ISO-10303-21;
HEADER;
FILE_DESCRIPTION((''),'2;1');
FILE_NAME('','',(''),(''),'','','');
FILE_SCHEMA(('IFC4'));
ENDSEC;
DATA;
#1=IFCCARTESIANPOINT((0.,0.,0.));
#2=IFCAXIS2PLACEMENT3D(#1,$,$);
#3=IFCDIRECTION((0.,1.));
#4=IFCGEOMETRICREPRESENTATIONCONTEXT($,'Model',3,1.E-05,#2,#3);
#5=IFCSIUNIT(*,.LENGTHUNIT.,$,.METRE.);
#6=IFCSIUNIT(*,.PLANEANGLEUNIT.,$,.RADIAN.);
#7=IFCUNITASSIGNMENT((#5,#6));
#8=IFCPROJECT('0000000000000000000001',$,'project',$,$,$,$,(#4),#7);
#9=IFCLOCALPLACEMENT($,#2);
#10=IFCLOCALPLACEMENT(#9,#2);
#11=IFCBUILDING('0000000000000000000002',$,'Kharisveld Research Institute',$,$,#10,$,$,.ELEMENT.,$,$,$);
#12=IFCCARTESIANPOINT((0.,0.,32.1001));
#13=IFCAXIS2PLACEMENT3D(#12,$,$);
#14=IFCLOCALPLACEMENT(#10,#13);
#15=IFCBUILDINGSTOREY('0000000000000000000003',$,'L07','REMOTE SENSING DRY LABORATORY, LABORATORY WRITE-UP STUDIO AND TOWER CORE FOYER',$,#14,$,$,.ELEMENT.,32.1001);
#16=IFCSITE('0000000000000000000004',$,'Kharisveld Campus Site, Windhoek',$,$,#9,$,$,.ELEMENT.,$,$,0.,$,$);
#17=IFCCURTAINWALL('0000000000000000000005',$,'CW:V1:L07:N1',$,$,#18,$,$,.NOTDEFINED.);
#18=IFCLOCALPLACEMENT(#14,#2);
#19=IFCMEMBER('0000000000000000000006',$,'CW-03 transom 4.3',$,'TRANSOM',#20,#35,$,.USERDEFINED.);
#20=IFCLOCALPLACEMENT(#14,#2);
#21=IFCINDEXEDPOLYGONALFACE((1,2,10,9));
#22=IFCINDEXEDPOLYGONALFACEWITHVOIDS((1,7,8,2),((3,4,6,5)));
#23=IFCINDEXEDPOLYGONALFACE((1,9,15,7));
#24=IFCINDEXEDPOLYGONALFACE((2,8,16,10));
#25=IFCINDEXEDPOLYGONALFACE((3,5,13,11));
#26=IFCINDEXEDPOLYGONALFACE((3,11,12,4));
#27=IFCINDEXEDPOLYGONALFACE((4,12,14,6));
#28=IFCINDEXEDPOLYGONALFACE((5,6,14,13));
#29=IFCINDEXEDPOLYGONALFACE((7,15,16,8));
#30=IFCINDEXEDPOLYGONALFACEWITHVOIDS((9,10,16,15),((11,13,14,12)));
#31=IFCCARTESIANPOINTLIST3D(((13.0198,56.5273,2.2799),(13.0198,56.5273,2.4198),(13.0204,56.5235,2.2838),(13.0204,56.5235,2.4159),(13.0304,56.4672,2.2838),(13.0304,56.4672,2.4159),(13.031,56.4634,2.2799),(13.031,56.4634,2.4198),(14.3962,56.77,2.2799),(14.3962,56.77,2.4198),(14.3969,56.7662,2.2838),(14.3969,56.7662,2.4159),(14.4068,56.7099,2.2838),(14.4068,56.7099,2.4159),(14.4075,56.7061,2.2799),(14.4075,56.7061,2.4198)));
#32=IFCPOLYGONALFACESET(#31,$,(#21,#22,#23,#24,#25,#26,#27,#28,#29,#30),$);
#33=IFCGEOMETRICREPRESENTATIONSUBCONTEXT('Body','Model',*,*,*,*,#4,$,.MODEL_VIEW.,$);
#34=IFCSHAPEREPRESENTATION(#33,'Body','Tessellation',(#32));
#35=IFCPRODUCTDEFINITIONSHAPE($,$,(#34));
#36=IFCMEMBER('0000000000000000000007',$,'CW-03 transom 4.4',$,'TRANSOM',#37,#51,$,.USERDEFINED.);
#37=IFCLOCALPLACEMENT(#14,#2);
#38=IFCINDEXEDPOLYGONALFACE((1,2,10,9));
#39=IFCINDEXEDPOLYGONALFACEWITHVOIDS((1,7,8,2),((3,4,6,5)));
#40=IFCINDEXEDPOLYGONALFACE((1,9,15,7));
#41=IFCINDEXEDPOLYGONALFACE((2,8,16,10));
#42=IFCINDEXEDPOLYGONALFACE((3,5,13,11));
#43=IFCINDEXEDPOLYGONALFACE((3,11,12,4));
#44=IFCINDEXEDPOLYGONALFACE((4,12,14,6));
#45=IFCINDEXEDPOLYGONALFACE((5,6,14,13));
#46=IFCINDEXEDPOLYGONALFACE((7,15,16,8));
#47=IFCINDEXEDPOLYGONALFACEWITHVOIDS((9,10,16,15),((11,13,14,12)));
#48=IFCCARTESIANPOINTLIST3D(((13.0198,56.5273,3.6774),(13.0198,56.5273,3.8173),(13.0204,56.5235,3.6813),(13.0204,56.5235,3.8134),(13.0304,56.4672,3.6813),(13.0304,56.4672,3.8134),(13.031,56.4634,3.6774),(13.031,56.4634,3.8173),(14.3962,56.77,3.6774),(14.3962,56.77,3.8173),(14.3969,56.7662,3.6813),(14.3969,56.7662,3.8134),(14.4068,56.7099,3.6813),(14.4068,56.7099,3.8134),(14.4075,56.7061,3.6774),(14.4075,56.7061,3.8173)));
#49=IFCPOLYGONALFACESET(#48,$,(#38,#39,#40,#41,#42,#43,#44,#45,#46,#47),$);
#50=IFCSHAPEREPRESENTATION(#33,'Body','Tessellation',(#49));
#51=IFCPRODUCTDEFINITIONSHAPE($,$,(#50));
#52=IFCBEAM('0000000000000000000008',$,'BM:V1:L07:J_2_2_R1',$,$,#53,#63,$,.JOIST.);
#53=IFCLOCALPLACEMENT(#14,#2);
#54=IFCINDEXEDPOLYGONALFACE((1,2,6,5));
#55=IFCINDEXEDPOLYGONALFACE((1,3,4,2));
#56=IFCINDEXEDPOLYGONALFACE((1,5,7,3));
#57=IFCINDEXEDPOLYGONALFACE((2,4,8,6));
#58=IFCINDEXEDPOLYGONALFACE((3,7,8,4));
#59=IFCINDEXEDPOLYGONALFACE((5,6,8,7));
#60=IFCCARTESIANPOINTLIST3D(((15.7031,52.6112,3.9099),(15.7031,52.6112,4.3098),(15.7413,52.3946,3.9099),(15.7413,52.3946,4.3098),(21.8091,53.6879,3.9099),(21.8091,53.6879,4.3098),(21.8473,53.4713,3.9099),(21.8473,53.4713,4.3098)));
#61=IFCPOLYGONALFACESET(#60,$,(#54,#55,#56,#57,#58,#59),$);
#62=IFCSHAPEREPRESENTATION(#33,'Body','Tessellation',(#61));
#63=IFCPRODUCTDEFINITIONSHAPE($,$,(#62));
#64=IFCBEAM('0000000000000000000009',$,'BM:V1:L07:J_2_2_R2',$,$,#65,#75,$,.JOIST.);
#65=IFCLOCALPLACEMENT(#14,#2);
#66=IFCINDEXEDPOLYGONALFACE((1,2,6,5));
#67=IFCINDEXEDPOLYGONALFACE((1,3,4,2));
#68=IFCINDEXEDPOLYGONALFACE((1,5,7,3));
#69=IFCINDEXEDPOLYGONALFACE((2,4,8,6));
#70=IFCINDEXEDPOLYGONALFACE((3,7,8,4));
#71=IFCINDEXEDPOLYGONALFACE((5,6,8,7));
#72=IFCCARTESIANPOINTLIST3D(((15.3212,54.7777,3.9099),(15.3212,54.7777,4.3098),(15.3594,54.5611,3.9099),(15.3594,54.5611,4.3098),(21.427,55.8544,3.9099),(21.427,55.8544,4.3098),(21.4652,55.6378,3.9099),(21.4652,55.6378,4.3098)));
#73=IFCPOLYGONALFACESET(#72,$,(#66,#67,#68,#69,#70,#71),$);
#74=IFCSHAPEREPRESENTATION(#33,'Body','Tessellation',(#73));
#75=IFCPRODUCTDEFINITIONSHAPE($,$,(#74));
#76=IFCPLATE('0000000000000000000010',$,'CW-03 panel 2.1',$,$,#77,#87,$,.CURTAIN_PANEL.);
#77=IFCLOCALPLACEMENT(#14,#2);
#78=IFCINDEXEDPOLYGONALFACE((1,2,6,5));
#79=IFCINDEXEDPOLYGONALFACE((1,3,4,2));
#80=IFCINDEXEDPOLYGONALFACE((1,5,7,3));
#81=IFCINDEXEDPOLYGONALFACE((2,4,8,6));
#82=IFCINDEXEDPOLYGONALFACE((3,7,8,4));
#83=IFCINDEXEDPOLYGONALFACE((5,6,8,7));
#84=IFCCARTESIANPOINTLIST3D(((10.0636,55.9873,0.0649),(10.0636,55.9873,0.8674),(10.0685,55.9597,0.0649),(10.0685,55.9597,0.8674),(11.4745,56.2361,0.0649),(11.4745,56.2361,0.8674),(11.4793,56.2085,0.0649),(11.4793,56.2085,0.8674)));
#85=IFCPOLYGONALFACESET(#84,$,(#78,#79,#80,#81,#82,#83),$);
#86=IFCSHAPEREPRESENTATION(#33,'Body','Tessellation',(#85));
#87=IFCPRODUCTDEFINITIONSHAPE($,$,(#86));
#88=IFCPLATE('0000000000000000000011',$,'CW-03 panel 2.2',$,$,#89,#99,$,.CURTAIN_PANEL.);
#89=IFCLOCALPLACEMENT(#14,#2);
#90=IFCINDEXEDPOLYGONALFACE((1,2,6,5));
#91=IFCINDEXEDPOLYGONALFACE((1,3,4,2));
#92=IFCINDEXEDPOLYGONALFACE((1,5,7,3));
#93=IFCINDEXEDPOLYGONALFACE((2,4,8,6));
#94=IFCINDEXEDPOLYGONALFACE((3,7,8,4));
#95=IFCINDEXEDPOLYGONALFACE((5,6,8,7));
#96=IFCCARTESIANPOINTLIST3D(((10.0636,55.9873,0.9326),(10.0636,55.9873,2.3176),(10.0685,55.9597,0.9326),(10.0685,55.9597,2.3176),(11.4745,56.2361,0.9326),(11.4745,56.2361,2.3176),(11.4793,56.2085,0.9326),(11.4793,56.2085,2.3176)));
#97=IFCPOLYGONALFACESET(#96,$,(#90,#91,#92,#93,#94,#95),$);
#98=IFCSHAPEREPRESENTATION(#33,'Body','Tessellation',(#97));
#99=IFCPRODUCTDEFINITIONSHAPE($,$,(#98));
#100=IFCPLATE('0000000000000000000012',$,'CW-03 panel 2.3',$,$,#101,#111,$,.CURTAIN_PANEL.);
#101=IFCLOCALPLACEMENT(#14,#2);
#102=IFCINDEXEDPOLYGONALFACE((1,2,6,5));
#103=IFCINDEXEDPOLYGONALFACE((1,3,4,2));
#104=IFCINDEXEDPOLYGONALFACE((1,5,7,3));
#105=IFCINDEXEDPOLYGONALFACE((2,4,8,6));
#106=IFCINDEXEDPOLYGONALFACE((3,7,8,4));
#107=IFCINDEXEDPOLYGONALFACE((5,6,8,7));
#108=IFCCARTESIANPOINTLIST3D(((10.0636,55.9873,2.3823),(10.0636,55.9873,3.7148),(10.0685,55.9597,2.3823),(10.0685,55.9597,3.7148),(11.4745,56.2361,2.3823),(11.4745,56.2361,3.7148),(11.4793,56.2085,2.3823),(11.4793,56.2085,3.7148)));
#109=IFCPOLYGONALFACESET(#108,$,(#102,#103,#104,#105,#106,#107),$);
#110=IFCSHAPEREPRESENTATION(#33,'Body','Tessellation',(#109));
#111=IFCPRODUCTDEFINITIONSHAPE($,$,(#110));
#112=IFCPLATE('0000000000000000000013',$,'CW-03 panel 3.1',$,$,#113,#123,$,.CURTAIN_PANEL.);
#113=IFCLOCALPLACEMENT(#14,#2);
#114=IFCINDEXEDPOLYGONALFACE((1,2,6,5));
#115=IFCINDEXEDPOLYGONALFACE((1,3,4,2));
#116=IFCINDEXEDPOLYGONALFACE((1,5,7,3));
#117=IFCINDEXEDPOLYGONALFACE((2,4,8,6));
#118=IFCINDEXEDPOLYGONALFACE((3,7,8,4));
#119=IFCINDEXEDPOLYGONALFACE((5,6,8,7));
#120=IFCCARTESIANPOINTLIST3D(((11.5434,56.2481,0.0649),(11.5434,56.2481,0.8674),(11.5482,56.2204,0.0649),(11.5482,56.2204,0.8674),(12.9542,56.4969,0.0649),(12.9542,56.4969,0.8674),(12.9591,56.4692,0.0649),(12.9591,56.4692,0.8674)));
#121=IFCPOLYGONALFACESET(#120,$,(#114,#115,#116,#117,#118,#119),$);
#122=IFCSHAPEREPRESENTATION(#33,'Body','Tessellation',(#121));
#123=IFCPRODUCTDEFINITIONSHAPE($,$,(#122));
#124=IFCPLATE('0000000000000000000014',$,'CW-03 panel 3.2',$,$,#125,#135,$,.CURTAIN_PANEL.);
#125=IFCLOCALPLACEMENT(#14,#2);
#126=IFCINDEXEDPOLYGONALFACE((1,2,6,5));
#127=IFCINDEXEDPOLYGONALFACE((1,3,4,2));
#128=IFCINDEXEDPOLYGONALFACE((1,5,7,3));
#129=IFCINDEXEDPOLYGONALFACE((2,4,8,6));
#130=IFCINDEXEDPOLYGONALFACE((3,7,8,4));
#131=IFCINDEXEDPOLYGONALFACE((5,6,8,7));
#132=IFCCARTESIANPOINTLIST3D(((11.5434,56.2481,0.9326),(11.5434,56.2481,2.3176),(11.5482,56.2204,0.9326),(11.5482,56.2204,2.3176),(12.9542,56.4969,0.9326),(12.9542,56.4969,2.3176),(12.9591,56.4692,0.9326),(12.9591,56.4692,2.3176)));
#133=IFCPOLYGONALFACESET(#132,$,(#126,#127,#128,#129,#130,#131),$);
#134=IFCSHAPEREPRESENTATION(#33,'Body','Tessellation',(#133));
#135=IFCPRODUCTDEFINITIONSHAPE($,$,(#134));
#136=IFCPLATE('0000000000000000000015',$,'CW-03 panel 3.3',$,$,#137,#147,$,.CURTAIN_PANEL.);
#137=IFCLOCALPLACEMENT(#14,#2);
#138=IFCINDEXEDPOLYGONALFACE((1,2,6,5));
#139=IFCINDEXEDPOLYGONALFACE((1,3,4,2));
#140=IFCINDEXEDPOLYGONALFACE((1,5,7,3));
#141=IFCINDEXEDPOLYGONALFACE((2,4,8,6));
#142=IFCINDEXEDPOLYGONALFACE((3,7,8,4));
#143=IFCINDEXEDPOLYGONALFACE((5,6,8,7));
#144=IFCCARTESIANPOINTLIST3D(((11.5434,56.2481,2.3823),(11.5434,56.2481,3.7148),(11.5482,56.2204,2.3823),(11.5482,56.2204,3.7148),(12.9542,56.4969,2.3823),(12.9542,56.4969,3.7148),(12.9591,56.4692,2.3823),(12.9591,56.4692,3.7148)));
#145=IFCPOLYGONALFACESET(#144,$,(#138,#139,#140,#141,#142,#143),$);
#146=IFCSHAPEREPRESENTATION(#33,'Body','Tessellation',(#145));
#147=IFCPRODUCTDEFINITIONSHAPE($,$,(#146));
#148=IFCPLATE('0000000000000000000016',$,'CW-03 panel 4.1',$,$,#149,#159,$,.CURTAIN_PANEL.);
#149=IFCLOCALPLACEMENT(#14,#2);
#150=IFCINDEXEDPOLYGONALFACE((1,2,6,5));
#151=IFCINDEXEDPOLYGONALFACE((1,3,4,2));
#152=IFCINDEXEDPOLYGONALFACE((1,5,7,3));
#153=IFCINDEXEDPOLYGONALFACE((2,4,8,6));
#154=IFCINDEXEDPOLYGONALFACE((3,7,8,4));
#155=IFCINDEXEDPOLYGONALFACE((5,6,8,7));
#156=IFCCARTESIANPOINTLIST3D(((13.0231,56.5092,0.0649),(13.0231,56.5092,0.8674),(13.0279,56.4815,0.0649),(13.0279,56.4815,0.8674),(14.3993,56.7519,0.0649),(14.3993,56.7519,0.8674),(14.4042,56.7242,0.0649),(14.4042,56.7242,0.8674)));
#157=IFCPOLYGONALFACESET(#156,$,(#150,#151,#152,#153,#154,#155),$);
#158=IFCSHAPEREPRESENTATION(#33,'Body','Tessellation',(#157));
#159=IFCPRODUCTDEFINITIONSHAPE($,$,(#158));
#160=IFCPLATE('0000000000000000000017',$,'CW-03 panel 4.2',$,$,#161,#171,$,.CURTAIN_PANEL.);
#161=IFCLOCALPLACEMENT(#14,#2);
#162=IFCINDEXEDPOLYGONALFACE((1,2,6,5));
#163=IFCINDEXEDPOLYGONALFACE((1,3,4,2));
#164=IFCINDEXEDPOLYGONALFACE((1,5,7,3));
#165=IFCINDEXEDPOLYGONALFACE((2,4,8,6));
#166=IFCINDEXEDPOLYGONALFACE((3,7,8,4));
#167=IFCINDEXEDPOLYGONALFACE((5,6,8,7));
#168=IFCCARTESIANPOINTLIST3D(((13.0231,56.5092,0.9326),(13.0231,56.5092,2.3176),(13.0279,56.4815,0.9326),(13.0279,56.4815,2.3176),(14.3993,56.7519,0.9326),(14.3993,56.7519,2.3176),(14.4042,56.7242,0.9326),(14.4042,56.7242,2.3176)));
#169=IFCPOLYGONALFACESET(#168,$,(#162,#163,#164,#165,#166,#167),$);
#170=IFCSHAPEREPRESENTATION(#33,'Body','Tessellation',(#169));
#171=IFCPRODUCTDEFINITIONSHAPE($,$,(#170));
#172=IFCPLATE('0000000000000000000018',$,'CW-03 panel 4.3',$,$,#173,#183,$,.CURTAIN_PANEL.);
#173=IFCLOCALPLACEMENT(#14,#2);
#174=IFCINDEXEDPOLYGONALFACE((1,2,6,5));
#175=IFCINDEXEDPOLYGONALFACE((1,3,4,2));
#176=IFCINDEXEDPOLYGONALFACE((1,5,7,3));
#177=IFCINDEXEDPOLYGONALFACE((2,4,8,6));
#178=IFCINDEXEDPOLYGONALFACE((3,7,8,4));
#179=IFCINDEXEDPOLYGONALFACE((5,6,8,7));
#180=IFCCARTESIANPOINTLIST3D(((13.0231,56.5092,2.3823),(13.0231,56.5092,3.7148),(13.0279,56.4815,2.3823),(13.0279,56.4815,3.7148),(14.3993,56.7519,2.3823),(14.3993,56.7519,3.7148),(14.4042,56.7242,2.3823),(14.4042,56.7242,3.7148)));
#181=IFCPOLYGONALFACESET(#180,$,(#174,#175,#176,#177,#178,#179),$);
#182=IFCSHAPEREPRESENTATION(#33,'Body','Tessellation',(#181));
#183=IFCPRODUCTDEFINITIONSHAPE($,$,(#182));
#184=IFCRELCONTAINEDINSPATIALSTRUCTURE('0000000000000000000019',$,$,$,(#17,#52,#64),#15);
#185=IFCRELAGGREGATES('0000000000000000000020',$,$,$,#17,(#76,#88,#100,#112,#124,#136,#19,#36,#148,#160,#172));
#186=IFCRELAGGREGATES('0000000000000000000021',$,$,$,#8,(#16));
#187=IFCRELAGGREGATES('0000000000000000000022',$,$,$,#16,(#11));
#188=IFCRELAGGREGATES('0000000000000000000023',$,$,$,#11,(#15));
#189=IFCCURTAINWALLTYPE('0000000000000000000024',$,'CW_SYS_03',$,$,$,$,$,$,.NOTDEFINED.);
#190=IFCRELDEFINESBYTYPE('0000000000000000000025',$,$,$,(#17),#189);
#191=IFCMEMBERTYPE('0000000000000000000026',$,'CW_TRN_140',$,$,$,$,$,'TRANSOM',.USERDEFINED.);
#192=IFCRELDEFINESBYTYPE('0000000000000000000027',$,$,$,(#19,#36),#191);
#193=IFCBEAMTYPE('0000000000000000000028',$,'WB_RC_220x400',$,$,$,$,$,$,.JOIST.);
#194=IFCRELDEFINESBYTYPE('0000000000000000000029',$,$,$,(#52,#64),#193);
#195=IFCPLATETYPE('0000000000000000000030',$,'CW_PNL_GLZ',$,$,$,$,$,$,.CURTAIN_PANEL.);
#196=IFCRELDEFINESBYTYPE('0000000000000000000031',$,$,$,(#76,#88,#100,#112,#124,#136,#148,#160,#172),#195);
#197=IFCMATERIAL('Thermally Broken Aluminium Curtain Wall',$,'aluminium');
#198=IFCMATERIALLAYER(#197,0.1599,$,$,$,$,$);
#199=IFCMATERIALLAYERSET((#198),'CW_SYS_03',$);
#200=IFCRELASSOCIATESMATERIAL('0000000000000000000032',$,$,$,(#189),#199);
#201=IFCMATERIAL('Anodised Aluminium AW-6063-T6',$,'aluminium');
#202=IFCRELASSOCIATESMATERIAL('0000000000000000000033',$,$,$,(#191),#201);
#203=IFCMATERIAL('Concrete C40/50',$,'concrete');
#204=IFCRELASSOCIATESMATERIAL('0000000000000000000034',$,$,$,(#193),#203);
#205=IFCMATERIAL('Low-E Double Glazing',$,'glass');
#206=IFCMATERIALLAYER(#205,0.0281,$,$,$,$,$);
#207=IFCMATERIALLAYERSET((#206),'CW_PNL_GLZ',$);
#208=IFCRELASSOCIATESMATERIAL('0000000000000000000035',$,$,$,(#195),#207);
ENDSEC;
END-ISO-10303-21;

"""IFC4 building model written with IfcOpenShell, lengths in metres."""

from ifc_helpers import new_model, si_unit, direction, frame, origin, origin_2d, place, context, subcontext, project, spatial, rectangle, hollow_rectangle, extrude, material, layer, layer_set, material_profile, profile_set, type_object, element, aggregate, save


model = new_model("IFC4")

# Units and contexts
model_context = context("Model", 3, precision=1e-05, world=origin(), true_north=direction((0.0, 1.0)))
body_context = subcontext(model_context, "Body", "Model", "MODEL_VIEW")
ifc_project = project(units=[si_unit("LENGTHUNIT", "METRE"), si_unit("PLANEANGLEUNIT", "RADIAN")], contexts=[model_context])

# Site, building, storey
site_placement = place(None, origin())
site = spatial("IfcSite", under=ifc_project, at=site_placement, Name="Kharisveld Campus Site, Windhoek", CompositionType="ELEMENT", RefElevation=0.0)
building_placement = place(site_placement, origin())
building = spatial("IfcBuilding", under=site, at=building_placement, Name="Kharisveld Research Institute", CompositionType="ELEMENT")
storey_placement = place(building_placement, frame((0.0, 0.0, 32.1001)))
storey = spatial("IfcBuildingStorey", under=building, at=storey_placement, Name="L07", Description="REMOTE SENSING DRY LABORATORY, LABORATORY WRITE-UP STUDIO AND TOWER CORE FOYER", CompositionType="ELEMENT", Elevation=32.1001)

# Curtain wall, members
ifc_material_1 = material(Name="Thermally Broken Aluminium Curtain Wall", Category="aluminium")
ifc_layer_1 = layer(ifc_material_1, 0.1599)
ifc_layer_set_1 = layer_set([ifc_layer_1], Name="CW_SYS_03")
curtain_wall_type = type_object("IfcCurtainWallType", Name="CW_SYS_03", PredefinedType="NOTDEFINED", material=ifc_layer_set_1)
curtain_wall_placement = place(storey_placement, origin())
curtain_wall = element("IfcCurtainWall", 1, at=curtain_wall_placement, inside=storey, type_object=curtain_wall_type, Name="CW:V1:L07:N1", PredefinedType="NOTDEFINED")
ifc_material_2 = material(Name="Anodised Aluminium AW-6063-T6", Category="aluminium")
ifc_material_profile_1 = material_profile(ifc_material_2, hollow_rectangle(XDim=0.0649, YDim=0.1399, WallThickness=0.0039, at=origin_2d()))
ifc_profile_set_1 = profile_set([ifc_material_profile_1], Name="Anodised Aluminium AW-6063-T6")
member_type_1 = type_object("IfcMemberType", Name="CW_TRN_140", ElementType="TRANSOM", PredefinedType="USERDEFINED", material=ifc_profile_set_1)
member_1_placement = place(storey_placement, frame((13.0254, 56.4954, 2.3499), z_axis=(0.984812, 0.173626, 0.0), x_axis=(-0.173626, 0.984812, 0.0)))
member_1 = element("IfcMember", 2, at=member_1_placement, type_object=member_type_1, Name="CW-03 transom 4.3", ObjectType="TRANSOM", PredefinedType="USERDEFINED", context=body_context, shape_type="SweptSolid", body=[
    extrude(hollow_rectangle(XDim=0.0649, YDim=0.1399, WallThickness=0.0039, at=origin_2d()), origin(), (0.0, 0.0, 1.0), 1.3977),
])
member_2_placement = place(storey_placement, frame((13.0254, 56.4954, 3.7473), z_axis=(0.984812, 0.173626, 0.0), x_axis=(-0.173626, 0.984812, 0.0)))
member_2 = element("IfcMember", 3, at=member_2_placement, type_object=member_type_1, Name="CW-03 transom 4.4", ObjectType="TRANSOM", PredefinedType="USERDEFINED", context=body_context, shape_type="SweptSolid", body=[
    extrude(hollow_rectangle(XDim=0.0649, YDim=0.1399, WallThickness=0.0039, at=origin_2d()), origin(), (0.0, 0.0, 1.0), 1.3977),
])

# Beams
ifc_material_3 = material(Name="Concrete C40/50", Category="concrete")
ifc_material_profile_2 = material_profile(ifc_material_3, rectangle(XDim=0.22, YDim=0.3999, at=origin_2d()))
ifc_profile_set_2 = profile_set([ifc_material_profile_2], Name="Concrete C40/50")
beam_type_1 = type_object("IfcBeamType", Name="WB_RC_220x400", PredefinedType="JOIST", material=ifc_profile_set_2)
beam_1_placement = place(storey_placement, frame((15.7222, 52.5029, 4.1099), z_axis=(0.984807, 0.173651, 0.0), x_axis=(-0.173651, 0.984807, 0.0)))
element("IfcBeam", 4, at=beam_1_placement, inside=storey, type_object=beam_type_1, Name="BM:V1:L07:J_2_2_R1", PredefinedType="JOIST", context=body_context, shape_type="SweptSolid", body=[
    extrude(rectangle(XDim=0.22, YDim=0.3999, at=origin_2d()), origin(), (0.0, 0.0, 1.0), 6.2002),
])
beam_2_placement = place(storey_placement, frame((15.3403, 54.6694, 4.1099), z_axis=(0.984806, 0.173657, 0.0), x_axis=(-0.173657, 0.984806, 0.0)))
element("IfcBeam", 5, at=beam_2_placement, inside=storey, type_object=beam_type_1, Name="BM:V1:L07:J_2_2_R2", PredefinedType="JOIST", context=body_context, shape_type="SweptSolid", body=[
    extrude(rectangle(XDim=0.22, YDim=0.3999, at=origin_2d()), origin(), (0.0, 0.0, 1.0), 6.2),
])

# Plates
ifc_material_4 = material(Name="Low-E Double Glazing", Category="glass")
ifc_layer_2 = layer(ifc_material_4, 0.0281)
ifc_layer_set_2 = layer_set([ifc_layer_2], Name="CW_PNL_GLZ")
plate_type = type_object("IfcPlateType", Name="CW_PNL_GLZ", PredefinedType="CURTAIN_PANEL", material=ifc_layer_set_2)
plate_1_placement = place(storey_placement, frame((10.7715, 56.0979, 0.0649), z_axis=(0.0, 0.0, 1.0), x_axis=(0.984808, 0.173648, 0.0)))
plate_1 = element("IfcPlate", 6, at=plate_1_placement, type_object=plate_type, Name="CW-03 panel 2.1", PredefinedType="CURTAIN_PANEL", context=body_context, shape_type="SweptSolid", body=[
    extrude(rectangle(XDim=1.4326, YDim=0.0281, at=origin_2d()), origin(), (0.0, 0.0, 1.0), 0.8025),
])
plate_2_placement = place(storey_placement, frame((10.7715, 56.0979, 0.9326), z_axis=(0.0, 0.0, 1.0), x_axis=(0.984808, 0.173648, 0.0)))
plate_2 = element("IfcPlate", 7, at=plate_2_placement, type_object=plate_type, Name="CW-03 panel 2.2", PredefinedType="CURTAIN_PANEL", context=body_context, shape_type="SweptSolid", body=[
    extrude(rectangle(XDim=1.4326, YDim=0.0281, at=origin_2d()), origin(), (0.0, 0.0, 1.0), 1.385),
])
plate_3_placement = place(storey_placement, frame((10.7715, 56.0979, 2.3823), z_axis=(0.0, 0.0, 1.0), x_axis=(0.984808, 0.173648, 0.0)))
plate_3 = element("IfcPlate", 8, at=plate_3_placement, type_object=plate_type, Name="CW-03 panel 2.3", PredefinedType="CURTAIN_PANEL", context=body_context, shape_type="SweptSolid", body=[
    extrude(rectangle(XDim=1.4326, YDim=0.0281, at=origin_2d()), origin(), (0.0, 0.0, 1.0), 1.3325),
])
plate_4_placement = place(storey_placement, frame((12.2512, 56.3586, 0.0649), z_axis=(0.0, 0.0, 1.0), x_axis=(0.984808, 0.173648, 0.0)))
plate_4 = element("IfcPlate", 9, at=plate_4_placement, type_object=plate_type, Name="CW-03 panel 3.1", PredefinedType="CURTAIN_PANEL", context=body_context, shape_type="SweptSolid", body=[
    extrude(rectangle(XDim=1.4326, YDim=0.0281, at=origin_2d()), origin(), (0.0, 0.0, 1.0), 0.8025),
])
plate_5_placement = place(storey_placement, frame((12.2512, 56.3586, 0.9326), z_axis=(0.0, 0.0, 1.0), x_axis=(0.984808, 0.173648, 0.0)))
plate_5 = element("IfcPlate", 10, at=plate_5_placement, type_object=plate_type, Name="CW-03 panel 3.2", PredefinedType="CURTAIN_PANEL", context=body_context, shape_type="SweptSolid", body=[
    extrude(rectangle(XDim=1.4326, YDim=0.0281, at=origin_2d()), origin(), (0.0, 0.0, 1.0), 1.385),
])
plate_6_placement = place(storey_placement, frame((12.2512, 56.3586, 2.3823), z_axis=(0.0, 0.0, 1.0), x_axis=(0.984808, 0.173648, 0.0)))
plate_6 = element("IfcPlate", 11, at=plate_6_placement, type_object=plate_type, Name="CW-03 panel 3.3", PredefinedType="CURTAIN_PANEL", context=body_context, shape_type="SweptSolid", body=[
    extrude(rectangle(XDim=1.4326, YDim=0.0281, at=origin_2d()), origin(), (0.0, 0.0, 1.0), 1.3325),
])
plate_7_placement = place(storey_placement, frame((13.7136, 56.6167, 0.0649), z_axis=(0.0, 0.0, 1.0), x_axis=(0.984808, 0.173648, 0.0)))
plate_7 = element("IfcPlate", 12, at=plate_7_placement, type_object=plate_type, Name="CW-03 panel 4.1", PredefinedType="CURTAIN_PANEL", context=body_context, shape_type="SweptSolid", body=[
    extrude(rectangle(XDim=1.3975, YDim=0.0281, at=origin_2d()), origin(), (0.0, 0.0, 1.0), 0.8025),
])
plate_8_placement = place(storey_placement, frame((13.7136, 56.6167, 0.9326), z_axis=(0.0, 0.0, 1.0), x_axis=(0.984808, 0.173648, 0.0)))
plate_8 = element("IfcPlate", 13, at=plate_8_placement, type_object=plate_type, Name="CW-03 panel 4.2", PredefinedType="CURTAIN_PANEL", context=body_context, shape_type="SweptSolid", body=[
    extrude(rectangle(XDim=1.3975, YDim=0.0281, at=origin_2d()), origin(), (0.0, 0.0, 1.0), 1.385),
])
plate_9_placement = place(storey_placement, frame((13.7136, 56.6167, 2.3823), z_axis=(0.0, 0.0, 1.0), x_axis=(0.984808, 0.173648, 0.0)))
plate_9 = element("IfcPlate", 14, at=plate_9_placement, type_object=plate_type, Name="CW-03 panel 4.3", PredefinedType="CURTAIN_PANEL", context=body_context, shape_type="SweptSolid", body=[
    extrude(rectangle(XDim=1.3975, YDim=0.0281, at=origin_2d()), origin(), (0.0, 0.0, 1.0), 1.3325),
])
aggregate(curtain_wall, [plate_1, plate_2, plate_3, plate_4, plate_5, plate_6, member_1, member_2, plate_7, plate_8, plate_9])

save(model, "model.ifc")
